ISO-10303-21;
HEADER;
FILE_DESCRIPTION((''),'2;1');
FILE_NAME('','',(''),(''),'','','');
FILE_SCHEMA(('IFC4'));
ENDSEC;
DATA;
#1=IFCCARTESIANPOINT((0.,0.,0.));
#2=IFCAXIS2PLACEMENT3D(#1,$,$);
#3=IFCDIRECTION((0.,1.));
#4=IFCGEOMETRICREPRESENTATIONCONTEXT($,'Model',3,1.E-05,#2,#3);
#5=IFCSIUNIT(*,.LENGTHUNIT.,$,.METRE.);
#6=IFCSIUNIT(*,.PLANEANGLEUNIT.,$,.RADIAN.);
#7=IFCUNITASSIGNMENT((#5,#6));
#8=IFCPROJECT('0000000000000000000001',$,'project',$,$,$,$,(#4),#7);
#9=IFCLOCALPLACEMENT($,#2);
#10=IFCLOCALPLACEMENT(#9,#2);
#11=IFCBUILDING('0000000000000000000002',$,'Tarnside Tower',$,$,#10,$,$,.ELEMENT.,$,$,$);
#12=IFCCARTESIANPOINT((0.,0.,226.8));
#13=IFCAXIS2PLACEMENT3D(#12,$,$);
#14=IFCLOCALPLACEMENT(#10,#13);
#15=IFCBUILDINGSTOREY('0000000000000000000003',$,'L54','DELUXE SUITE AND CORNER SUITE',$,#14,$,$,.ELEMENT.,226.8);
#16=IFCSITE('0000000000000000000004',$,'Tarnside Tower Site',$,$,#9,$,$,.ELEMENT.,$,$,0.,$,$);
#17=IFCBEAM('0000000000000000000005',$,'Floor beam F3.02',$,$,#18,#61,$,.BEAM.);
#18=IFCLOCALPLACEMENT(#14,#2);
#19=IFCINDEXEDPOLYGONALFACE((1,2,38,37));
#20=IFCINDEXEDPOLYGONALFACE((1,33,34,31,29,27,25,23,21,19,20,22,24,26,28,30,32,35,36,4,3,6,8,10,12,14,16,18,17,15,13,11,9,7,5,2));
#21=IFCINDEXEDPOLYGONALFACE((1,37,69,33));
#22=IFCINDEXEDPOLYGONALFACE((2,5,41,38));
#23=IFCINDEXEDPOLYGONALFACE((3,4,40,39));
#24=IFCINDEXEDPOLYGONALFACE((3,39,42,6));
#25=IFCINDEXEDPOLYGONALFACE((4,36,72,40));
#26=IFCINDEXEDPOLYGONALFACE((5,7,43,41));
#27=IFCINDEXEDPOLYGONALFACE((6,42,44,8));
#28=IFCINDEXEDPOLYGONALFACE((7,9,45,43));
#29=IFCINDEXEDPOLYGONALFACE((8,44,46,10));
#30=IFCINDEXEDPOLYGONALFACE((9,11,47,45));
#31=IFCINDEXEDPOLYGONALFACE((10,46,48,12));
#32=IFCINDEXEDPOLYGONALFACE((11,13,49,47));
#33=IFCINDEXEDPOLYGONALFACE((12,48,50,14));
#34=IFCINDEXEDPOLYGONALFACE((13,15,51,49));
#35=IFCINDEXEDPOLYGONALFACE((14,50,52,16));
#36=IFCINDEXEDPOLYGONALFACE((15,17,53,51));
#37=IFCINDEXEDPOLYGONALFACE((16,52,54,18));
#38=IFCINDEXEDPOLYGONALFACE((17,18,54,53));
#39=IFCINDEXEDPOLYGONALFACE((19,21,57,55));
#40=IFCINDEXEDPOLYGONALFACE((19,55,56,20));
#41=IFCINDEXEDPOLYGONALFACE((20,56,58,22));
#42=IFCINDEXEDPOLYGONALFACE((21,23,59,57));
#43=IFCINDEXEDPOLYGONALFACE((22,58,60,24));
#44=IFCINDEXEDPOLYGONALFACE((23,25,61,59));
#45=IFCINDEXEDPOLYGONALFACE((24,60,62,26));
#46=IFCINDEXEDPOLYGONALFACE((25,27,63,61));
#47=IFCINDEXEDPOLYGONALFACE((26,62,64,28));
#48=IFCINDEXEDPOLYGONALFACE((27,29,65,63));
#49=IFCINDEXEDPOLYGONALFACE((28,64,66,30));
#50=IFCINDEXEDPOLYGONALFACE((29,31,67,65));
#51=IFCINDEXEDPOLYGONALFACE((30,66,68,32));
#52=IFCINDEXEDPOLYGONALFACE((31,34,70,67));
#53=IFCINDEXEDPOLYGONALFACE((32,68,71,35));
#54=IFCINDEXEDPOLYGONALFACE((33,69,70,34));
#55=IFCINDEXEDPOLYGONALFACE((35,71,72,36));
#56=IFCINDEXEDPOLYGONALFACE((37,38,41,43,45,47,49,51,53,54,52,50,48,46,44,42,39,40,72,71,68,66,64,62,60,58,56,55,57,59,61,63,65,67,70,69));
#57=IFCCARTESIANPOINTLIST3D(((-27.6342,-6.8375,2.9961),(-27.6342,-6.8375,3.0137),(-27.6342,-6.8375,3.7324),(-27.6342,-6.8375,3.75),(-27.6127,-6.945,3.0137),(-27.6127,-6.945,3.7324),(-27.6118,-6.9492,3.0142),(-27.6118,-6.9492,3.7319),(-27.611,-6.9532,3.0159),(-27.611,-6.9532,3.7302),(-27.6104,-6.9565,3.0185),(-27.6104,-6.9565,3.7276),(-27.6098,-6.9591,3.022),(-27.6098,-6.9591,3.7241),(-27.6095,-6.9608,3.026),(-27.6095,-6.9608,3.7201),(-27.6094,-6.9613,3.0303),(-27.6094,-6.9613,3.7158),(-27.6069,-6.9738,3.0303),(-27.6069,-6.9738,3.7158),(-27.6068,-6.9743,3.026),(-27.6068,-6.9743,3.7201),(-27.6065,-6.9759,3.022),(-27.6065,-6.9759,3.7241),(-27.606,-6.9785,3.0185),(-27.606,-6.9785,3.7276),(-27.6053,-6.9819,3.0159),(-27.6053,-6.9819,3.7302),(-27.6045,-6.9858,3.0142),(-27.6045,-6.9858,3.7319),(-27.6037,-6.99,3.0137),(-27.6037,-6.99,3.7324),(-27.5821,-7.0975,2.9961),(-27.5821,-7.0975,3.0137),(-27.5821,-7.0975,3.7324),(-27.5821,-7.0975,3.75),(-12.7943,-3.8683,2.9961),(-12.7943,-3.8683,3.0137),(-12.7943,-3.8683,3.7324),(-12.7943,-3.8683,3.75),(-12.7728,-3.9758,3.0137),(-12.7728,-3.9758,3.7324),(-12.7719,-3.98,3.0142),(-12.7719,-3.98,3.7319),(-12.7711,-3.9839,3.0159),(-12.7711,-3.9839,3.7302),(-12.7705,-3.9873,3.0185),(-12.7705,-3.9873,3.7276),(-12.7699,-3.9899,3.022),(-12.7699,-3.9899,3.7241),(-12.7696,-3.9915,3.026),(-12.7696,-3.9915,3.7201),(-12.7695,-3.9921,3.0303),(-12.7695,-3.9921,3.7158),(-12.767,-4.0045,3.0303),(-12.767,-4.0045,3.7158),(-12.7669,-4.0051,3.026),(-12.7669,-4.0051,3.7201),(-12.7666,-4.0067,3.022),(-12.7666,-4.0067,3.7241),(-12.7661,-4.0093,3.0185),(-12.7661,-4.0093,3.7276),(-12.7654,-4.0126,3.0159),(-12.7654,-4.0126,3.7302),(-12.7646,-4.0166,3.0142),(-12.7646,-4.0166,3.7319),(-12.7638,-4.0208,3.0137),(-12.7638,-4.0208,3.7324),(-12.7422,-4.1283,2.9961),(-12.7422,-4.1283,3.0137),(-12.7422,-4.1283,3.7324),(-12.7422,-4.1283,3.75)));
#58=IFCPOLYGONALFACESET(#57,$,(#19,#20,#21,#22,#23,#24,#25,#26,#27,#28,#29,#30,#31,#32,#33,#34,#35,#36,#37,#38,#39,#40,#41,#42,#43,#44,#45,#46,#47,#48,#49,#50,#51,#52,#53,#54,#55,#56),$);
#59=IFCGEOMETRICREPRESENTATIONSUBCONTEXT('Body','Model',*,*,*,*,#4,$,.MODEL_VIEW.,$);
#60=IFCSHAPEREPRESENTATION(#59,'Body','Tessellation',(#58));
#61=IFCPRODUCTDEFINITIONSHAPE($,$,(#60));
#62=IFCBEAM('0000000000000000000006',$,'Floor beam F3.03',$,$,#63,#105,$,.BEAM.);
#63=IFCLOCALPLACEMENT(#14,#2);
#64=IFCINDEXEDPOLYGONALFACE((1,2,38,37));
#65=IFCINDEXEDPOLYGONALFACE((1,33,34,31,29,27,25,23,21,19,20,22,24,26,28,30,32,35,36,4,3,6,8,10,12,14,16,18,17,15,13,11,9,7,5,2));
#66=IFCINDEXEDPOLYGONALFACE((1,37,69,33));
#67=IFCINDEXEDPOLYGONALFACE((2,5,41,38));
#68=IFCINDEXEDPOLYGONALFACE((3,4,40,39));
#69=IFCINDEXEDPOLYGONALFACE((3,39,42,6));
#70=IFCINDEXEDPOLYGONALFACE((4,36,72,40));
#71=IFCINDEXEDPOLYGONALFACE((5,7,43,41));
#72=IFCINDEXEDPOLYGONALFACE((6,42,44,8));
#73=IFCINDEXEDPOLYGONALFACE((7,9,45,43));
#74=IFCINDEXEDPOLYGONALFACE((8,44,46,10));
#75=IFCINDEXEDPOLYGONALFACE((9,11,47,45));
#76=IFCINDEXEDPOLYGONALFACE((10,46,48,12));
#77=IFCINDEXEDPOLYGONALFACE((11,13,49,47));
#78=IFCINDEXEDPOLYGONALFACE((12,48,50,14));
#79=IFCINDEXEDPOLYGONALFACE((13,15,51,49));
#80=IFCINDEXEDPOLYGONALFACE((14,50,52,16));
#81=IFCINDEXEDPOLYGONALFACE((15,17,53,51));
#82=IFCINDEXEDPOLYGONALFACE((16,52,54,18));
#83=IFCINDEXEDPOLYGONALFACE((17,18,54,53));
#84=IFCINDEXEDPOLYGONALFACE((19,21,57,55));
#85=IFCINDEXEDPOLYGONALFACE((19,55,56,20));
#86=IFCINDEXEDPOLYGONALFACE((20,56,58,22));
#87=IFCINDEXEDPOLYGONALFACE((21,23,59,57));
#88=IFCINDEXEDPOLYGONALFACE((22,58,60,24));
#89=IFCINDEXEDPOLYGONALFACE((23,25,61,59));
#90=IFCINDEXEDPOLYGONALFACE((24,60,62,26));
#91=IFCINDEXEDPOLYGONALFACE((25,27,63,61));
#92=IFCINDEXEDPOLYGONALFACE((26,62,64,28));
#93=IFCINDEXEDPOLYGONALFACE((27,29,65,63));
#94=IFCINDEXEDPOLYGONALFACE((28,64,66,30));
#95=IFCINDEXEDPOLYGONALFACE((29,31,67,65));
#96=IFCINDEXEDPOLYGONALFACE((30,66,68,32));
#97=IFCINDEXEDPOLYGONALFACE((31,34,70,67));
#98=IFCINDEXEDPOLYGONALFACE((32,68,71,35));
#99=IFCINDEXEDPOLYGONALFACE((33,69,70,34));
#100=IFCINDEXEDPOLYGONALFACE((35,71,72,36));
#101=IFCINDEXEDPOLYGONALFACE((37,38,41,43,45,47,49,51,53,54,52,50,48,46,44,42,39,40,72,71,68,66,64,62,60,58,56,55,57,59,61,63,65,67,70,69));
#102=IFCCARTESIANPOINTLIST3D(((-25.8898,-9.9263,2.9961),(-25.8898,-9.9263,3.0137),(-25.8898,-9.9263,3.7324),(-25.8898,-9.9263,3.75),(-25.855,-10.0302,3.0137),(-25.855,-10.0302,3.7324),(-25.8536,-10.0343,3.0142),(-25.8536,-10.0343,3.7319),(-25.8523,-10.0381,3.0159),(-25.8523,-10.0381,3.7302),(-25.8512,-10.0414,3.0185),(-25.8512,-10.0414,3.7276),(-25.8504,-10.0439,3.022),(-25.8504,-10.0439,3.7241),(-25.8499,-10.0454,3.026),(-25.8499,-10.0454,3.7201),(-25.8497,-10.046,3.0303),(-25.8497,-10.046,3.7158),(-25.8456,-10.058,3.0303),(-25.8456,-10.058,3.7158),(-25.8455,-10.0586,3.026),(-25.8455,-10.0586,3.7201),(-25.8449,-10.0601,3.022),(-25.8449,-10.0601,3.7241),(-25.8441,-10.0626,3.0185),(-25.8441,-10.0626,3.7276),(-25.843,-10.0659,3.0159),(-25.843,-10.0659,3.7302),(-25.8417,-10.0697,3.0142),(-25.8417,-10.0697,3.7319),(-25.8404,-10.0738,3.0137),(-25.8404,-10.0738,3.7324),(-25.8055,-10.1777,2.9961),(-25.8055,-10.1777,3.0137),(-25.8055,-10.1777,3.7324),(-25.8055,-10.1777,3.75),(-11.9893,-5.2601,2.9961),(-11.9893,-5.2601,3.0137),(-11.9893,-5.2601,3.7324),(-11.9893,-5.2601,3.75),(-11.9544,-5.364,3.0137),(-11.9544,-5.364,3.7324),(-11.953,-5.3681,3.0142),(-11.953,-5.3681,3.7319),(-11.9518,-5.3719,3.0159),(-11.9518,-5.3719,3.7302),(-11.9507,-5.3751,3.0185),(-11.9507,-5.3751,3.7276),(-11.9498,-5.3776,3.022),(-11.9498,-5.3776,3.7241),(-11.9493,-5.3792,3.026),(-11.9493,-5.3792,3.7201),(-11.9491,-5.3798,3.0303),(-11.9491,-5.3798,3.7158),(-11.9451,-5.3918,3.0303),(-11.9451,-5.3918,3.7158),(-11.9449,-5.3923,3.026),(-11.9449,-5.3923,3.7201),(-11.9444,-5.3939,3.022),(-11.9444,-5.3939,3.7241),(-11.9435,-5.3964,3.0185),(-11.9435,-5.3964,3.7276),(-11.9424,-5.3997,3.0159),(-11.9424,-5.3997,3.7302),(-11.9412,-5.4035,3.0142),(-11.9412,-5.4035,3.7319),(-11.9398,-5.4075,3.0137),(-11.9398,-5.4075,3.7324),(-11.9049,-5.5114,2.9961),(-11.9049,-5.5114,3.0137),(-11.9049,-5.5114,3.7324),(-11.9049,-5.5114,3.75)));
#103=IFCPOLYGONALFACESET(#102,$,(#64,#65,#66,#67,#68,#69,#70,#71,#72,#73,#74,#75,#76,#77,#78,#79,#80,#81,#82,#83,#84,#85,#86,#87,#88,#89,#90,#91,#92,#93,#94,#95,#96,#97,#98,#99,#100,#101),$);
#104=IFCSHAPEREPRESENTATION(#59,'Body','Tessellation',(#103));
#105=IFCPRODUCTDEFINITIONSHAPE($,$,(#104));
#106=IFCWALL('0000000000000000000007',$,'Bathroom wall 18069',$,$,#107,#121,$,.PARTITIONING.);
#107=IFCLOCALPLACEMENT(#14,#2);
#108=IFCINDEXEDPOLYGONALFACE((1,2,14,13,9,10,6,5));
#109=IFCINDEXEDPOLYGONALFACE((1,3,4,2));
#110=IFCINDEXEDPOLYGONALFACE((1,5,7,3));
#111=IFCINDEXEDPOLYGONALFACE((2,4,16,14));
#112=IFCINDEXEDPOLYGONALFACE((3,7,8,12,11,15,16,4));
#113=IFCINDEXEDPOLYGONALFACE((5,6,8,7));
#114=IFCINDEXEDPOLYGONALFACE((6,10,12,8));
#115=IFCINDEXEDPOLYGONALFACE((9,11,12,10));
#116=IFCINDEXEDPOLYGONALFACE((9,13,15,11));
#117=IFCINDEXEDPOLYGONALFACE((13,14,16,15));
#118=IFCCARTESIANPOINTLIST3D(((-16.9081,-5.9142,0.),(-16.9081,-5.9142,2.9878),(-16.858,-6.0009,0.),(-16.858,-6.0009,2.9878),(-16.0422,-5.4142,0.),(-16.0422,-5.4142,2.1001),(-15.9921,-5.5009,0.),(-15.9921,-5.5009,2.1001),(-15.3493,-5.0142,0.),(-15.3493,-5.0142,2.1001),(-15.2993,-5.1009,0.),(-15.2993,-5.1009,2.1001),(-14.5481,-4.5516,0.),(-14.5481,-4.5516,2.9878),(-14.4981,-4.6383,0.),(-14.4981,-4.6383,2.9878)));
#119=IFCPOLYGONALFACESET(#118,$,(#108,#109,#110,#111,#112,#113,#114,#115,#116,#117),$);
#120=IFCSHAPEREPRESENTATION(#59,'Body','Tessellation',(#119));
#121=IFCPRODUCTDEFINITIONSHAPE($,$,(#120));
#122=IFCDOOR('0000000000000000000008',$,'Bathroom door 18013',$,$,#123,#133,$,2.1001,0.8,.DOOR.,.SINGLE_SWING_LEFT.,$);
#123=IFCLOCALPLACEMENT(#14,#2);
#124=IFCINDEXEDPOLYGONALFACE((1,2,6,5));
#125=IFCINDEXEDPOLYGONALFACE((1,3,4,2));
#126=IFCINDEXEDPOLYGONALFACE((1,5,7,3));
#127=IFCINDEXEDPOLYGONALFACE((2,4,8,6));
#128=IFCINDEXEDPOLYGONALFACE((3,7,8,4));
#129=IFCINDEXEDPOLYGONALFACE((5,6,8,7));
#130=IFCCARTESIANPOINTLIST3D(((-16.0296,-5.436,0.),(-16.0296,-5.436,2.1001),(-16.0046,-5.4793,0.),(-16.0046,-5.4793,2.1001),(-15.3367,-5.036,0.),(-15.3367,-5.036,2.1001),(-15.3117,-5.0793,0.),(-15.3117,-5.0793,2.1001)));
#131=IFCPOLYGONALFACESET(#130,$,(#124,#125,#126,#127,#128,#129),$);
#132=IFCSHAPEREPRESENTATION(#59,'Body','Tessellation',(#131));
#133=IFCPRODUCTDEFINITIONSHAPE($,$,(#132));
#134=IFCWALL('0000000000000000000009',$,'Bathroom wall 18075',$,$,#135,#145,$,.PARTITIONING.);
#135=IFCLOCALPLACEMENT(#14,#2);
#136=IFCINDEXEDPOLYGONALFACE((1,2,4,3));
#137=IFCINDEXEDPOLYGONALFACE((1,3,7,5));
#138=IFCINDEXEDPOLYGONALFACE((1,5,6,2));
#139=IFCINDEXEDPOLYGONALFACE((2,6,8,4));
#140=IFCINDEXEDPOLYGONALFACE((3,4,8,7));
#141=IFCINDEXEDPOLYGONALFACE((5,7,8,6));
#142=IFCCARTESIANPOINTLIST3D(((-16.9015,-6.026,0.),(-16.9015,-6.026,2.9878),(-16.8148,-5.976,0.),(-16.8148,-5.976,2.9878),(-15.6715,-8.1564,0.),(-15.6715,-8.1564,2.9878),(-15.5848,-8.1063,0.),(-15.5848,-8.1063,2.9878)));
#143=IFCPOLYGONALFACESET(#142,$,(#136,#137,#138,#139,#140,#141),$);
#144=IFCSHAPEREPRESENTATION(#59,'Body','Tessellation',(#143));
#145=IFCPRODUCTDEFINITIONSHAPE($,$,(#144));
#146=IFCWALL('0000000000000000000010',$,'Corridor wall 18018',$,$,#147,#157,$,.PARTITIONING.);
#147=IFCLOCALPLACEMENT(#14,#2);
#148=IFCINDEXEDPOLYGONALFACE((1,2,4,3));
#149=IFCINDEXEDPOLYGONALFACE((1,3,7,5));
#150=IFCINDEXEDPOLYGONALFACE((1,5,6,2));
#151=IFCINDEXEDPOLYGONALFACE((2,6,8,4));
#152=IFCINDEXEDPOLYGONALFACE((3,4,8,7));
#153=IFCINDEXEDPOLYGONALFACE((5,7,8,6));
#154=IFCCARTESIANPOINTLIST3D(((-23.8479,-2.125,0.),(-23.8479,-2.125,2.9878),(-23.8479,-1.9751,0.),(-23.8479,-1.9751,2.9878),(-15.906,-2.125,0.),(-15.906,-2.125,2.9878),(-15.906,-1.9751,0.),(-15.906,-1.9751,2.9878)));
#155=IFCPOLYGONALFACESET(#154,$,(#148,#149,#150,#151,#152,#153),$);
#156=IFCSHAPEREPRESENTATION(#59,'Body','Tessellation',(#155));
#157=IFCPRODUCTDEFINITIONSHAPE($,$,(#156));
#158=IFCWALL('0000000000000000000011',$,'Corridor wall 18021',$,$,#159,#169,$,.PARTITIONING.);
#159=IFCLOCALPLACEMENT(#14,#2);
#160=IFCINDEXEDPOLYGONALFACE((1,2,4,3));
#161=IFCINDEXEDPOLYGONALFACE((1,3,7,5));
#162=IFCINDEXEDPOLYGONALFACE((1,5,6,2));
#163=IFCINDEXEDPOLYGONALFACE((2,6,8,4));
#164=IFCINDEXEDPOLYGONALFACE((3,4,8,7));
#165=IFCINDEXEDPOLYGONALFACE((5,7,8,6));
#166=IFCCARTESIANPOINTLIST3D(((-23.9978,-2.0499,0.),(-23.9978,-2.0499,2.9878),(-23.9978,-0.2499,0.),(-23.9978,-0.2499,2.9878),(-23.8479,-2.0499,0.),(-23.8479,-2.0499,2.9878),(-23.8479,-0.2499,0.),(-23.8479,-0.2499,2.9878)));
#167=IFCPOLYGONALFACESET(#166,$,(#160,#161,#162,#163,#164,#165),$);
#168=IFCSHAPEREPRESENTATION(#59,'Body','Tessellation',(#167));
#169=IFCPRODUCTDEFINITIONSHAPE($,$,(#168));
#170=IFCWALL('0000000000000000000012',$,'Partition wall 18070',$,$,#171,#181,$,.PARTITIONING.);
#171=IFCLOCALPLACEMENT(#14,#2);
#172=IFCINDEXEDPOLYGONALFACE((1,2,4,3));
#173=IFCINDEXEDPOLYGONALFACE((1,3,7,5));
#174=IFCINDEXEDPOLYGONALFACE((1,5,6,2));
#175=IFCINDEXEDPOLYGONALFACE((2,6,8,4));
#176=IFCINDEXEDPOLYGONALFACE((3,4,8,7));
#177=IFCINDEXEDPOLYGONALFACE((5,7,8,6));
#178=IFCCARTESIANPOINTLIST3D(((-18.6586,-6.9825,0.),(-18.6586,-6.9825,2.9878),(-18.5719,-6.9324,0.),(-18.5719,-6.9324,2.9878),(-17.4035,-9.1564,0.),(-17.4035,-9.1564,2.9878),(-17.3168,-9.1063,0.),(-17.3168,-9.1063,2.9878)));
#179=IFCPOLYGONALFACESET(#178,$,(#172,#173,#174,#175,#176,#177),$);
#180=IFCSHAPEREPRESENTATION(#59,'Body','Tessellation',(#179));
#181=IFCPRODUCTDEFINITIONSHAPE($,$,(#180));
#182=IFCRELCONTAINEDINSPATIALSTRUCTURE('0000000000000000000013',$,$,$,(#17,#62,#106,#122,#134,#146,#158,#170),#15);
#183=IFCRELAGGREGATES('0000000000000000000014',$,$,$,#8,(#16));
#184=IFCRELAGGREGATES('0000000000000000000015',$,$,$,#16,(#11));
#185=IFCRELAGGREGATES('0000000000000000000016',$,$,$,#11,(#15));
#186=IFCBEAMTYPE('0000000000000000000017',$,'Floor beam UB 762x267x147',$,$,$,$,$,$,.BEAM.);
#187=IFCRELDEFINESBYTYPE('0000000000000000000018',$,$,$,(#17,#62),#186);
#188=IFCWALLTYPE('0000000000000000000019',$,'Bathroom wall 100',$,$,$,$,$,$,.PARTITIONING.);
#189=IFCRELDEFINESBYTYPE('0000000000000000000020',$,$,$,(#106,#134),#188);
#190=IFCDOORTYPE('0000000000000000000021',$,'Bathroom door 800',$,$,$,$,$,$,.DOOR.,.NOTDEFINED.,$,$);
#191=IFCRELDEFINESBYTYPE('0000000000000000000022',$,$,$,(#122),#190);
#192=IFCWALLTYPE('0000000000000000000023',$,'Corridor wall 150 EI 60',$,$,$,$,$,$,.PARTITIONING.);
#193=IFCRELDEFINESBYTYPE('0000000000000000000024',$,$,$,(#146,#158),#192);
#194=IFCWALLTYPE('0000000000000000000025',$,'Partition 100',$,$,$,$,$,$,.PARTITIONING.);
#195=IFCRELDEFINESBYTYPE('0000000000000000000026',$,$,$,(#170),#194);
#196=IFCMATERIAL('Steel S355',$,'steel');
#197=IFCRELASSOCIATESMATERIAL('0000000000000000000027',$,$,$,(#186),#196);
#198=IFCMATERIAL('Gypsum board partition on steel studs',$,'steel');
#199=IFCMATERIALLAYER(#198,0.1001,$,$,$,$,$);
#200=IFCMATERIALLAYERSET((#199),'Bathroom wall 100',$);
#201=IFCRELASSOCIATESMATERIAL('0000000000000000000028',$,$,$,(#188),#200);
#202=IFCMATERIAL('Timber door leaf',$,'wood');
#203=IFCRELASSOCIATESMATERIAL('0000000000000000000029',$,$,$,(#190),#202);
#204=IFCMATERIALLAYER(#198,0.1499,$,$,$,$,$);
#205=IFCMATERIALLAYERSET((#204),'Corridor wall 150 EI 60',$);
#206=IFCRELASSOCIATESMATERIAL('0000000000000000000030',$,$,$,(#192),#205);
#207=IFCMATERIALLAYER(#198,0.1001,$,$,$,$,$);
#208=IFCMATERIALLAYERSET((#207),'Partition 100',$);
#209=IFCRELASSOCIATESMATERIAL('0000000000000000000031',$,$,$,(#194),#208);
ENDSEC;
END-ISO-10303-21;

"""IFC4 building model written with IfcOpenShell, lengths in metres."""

from ifc_helpers import new_model, si_unit, direction, frame, frame_2d, origin, origin_2d, place, context, subcontext, project, spatial, rectangle, i_section, extrude, material, layer, layer_set, material_profile, profile_set, type_object, element, fill, save


model = new_model("IFC4")

# Units and contexts
model_context = context("Model", 3, precision=1e-05, world=origin(), true_north=direction((0.0, 1.0)))
body_context = subcontext(model_context, "Body", "Model", "MODEL_VIEW")
ifc_project = project(units=[si_unit("LENGTHUNIT", "METRE"), si_unit("PLANEANGLEUNIT", "RADIAN")], contexts=[model_context])

# Site, building, storey
site_placement = place(None, origin())
site = spatial("IfcSite", under=ifc_project, at=site_placement, Name="Tarnside Tower Site", CompositionType="ELEMENT", RefElevation=0.0)
building_placement = place(site_placement, origin())
building = spatial("IfcBuilding", under=site, at=building_placement, Name="Tarnside Tower", CompositionType="ELEMENT")
storey_placement = place(building_placement, frame((0.0, 0.0, 226.8)))
storey = spatial("IfcBuildingStorey", under=building, at=storey_placement, Name="L54", Description="DELUXE SUITE AND CORNER SUITE", CompositionType="ELEMENT", Elevation=226.8)

# Beams
ifc_material_1 = material(Name="Steel S355", Category="steel")
ifc_material_profile = material_profile(ifc_material_1, i_section(OverallWidth=0.2651, OverallDepth=0.7539, WebThickness=0.0127, FlangeThickness=0.0176, FilletRadius=0.0166, at=origin_2d()), Name="UB 762x267x147")
ifc_profile_set = profile_set([ifc_material_profile], Name="Steel S355")
beam_type = type_object("IfcBeamType", Name="Floor beam UB 762x267x147", PredefinedType="BEAM", material=ifc_profile_set)
beam_1_placement = place(storey_placement, frame((-27.6082, -6.9675, 3.373), z_axis=(0.980565, 0.196197, 0.0), x_axis=(-0.196197, 0.980565, 0.0)))
element("IfcBeam", 1, at=beam_1_placement, inside=storey, type_object=beam_type, Name="Floor beam F3.02", PredefinedType="BEAM", context=body_context, shape_type="SweptSolid", body=[
    extrude(i_section(OverallWidth=0.2651, OverallDepth=0.7539, WebThickness=0.0127, FlangeThickness=0.0176, FilletRadius=0.0166, at=origin_2d()), origin(), (0.0, 0.0, 1.0), 15.134),
])
beam_2_placement = place(storey_placement, frame((-25.8477, -10.052, 3.373), z_axis=(0.948012, 0.318235, 0.0), x_axis=(-0.318235, 0.948012, 0.0)))
element("IfcBeam", 2, at=beam_2_placement, inside=storey, type_object=beam_type, Name="Floor beam F3.03", PredefinedType="BEAM", context=body_context, shape_type="SweptSolid", body=[
    extrude(i_section(OverallWidth=0.2651, OverallDepth=0.7539, WebThickness=0.0127, FlangeThickness=0.0176, FilletRadius=0.0166, at=origin_2d()), origin(), (0.0, 0.0, 1.0), 14.6628),
])

# Wall, opening, door
ifc_material_2 = material(Name="Gypsum board partition on steel studs", Category="steel")
ifc_layer_1 = layer(ifc_material_2, 0.1001)
ifc_layer_set_1 = layer_set([ifc_layer_1], Name="Bathroom wall 100")
wall_type_1 = type_object("IfcWallType", Name="Bathroom wall 100", PredefinedType="PARTITIONING", material=ifc_layer_set_1)
wall_1_placement = place(storey_placement, frame((-16.8831, -5.9575, 0.0), z_axis=(0.0, 0.0, 1.0), x_axis=(0.866013, 0.500022, 0.0)))
wall_1 = element("IfcWall", 3, at=wall_1_placement, inside=storey, type_object=wall_type_1, Name="Bathroom wall 18069", PredefinedType="PARTITIONING", context=body_context, shape_type="SweptSolid", body=[
    extrude(rectangle(XDim=2.7251, YDim=0.1001, at=frame_2d((1.3625, 0.0))), origin(), (0.0, 0.0, 1.0), 2.9878),
])
opening_1_placement = place(wall_1_placement, frame((1.0, 0.0, 0.0)))
opening_1 = element("IfcOpeningElement", 4, at=opening_1_placement, cuts=wall_1, PredefinedType="OPENING", context=body_context, shape_type="SweptSolid", body=[
    extrude(rectangle(XDim=0.8, YDim=2.1001, at=frame_2d((0.3999, 1.05))), frame((0.0, 0.0601, 0.0), z_axis=(0.0, -1.0, 0.0), x_axis=(1.0, 0.0, 0.0)), (0.0, 0.0, 1.0), 0.1201),
])
ifc_material_3 = material(Name="Timber door leaf", Category="wood")
door_type_1 = type_object("IfcDoorType", Name="Bathroom door 800", OperationType="NOTDEFINED", PredefinedType="DOOR", material=ifc_material_3)
door_1_placement = place(opening_1_placement, origin())
door_1 = element("IfcDoor", 5, at=door_1_placement, inside=storey, type_object=door_type_1, Name="Bathroom door 18013", OperationType="SINGLE_SWING_LEFT", OverallHeight=2.1001, OverallWidth=0.8, PredefinedType="DOOR", context=body_context, shape_type="SweptSolid", body=[
    extrude(rectangle(XDim=0.8, YDim=2.1001, at=frame_2d((0.3999, 1.05))), frame((0.0, 0.0249, 0.0), z_axis=(0.0, -1.0, 0.0), x_axis=(1.0, 0.0, 0.0)), (0.0, 0.0, 1.0), 0.05),
])
fill(opening_1, door_1)

# Walls
wall_2_placement = place(storey_placement, frame((-16.8582, -6.001, 0.0), z_axis=(0.0, 0.0, 1.0), x_axis=(0.500003, -0.866024, 0.0)))
element("IfcWall", 6, at=wall_2_placement, inside=storey, type_object=wall_type_1, Name="Bathroom wall 18075", PredefinedType="PARTITIONING", context=body_context, shape_type="SweptSolid", body=[
    extrude(rectangle(XDim=2.46, YDim=0.1001, at=frame_2d((1.23, 0.0))), origin(), (0.0, 0.0, 1.0), 2.9878),
])
ifc_layer_2 = layer(ifc_material_2, 0.1499)
ifc_layer_set_2 = layer_set([ifc_layer_2], Name="Corridor wall 150 EI 60")
wall_type_2 = type_object("IfcWallType", Name="Corridor wall 150 EI 60", PredefinedType="PARTITIONING", material=ifc_layer_set_2)
wall_3_placement = place(storey_placement, frame((-23.8479, -2.05, 0.0), z_axis=(0.0, 0.0, 1.0), x_axis=(1.0, 0.0, 0.0)))
element("IfcWall", 7, at=wall_3_placement, inside=storey, type_object=wall_type_2, Name="Corridor wall 18018", PredefinedType="PARTITIONING", context=body_context, shape_type="SweptSolid", body=[
    extrude(rectangle(XDim=7.9419, YDim=0.1499, at=frame_2d((3.9709, 0.0))), origin(), (0.0, 0.0, 1.0), 2.9878),
])
wall_4_placement = place(storey_placement, frame((-23.9229, -0.25, 0.0), z_axis=(0.0, 0.0, 1.0), x_axis=(0.0, -1.0, 0.0)))
element("IfcWall", 8, at=wall_4_placement, inside=storey, type_object=wall_type_2, Name="Corridor wall 18021", PredefinedType="PARTITIONING", context=body_context, shape_type="SweptSolid", body=[
    extrude(rectangle(XDim=1.8, YDim=0.1499, at=frame_2d((0.8999, 0.0))), origin(), (0.0, 0.0, 1.0), 2.9878),
])
ifc_layer_3 = layer(ifc_material_2, 0.1001)
ifc_layer_set_3 = layer_set([ifc_layer_3], Name="Partition 100")
wall_type_3 = type_object("IfcWallType", Name="Partition 100", PredefinedType="PARTITIONING", material=ifc_layer_set_3)
wall_5_placement = place(storey_placement, frame((-17.3601, -9.1313, 0.0), z_axis=(0.0, 0.0, 1.0), x_axis=(-0.50002, 0.866014, 0.0)))
element("IfcWall", 9, at=wall_5_placement, inside=storey, type_object=wall_type_3, Name="Partition wall 18070", PredefinedType="PARTITIONING", context=body_context, shape_type="SweptSolid", body=[
    extrude(rectangle(XDim=2.5103, YDim=0.1001, at=frame_2d((1.2551, 0.0))), origin(), (0.0, 0.0, 1.0), 2.9878),
])

save(model, "model.ifc")
